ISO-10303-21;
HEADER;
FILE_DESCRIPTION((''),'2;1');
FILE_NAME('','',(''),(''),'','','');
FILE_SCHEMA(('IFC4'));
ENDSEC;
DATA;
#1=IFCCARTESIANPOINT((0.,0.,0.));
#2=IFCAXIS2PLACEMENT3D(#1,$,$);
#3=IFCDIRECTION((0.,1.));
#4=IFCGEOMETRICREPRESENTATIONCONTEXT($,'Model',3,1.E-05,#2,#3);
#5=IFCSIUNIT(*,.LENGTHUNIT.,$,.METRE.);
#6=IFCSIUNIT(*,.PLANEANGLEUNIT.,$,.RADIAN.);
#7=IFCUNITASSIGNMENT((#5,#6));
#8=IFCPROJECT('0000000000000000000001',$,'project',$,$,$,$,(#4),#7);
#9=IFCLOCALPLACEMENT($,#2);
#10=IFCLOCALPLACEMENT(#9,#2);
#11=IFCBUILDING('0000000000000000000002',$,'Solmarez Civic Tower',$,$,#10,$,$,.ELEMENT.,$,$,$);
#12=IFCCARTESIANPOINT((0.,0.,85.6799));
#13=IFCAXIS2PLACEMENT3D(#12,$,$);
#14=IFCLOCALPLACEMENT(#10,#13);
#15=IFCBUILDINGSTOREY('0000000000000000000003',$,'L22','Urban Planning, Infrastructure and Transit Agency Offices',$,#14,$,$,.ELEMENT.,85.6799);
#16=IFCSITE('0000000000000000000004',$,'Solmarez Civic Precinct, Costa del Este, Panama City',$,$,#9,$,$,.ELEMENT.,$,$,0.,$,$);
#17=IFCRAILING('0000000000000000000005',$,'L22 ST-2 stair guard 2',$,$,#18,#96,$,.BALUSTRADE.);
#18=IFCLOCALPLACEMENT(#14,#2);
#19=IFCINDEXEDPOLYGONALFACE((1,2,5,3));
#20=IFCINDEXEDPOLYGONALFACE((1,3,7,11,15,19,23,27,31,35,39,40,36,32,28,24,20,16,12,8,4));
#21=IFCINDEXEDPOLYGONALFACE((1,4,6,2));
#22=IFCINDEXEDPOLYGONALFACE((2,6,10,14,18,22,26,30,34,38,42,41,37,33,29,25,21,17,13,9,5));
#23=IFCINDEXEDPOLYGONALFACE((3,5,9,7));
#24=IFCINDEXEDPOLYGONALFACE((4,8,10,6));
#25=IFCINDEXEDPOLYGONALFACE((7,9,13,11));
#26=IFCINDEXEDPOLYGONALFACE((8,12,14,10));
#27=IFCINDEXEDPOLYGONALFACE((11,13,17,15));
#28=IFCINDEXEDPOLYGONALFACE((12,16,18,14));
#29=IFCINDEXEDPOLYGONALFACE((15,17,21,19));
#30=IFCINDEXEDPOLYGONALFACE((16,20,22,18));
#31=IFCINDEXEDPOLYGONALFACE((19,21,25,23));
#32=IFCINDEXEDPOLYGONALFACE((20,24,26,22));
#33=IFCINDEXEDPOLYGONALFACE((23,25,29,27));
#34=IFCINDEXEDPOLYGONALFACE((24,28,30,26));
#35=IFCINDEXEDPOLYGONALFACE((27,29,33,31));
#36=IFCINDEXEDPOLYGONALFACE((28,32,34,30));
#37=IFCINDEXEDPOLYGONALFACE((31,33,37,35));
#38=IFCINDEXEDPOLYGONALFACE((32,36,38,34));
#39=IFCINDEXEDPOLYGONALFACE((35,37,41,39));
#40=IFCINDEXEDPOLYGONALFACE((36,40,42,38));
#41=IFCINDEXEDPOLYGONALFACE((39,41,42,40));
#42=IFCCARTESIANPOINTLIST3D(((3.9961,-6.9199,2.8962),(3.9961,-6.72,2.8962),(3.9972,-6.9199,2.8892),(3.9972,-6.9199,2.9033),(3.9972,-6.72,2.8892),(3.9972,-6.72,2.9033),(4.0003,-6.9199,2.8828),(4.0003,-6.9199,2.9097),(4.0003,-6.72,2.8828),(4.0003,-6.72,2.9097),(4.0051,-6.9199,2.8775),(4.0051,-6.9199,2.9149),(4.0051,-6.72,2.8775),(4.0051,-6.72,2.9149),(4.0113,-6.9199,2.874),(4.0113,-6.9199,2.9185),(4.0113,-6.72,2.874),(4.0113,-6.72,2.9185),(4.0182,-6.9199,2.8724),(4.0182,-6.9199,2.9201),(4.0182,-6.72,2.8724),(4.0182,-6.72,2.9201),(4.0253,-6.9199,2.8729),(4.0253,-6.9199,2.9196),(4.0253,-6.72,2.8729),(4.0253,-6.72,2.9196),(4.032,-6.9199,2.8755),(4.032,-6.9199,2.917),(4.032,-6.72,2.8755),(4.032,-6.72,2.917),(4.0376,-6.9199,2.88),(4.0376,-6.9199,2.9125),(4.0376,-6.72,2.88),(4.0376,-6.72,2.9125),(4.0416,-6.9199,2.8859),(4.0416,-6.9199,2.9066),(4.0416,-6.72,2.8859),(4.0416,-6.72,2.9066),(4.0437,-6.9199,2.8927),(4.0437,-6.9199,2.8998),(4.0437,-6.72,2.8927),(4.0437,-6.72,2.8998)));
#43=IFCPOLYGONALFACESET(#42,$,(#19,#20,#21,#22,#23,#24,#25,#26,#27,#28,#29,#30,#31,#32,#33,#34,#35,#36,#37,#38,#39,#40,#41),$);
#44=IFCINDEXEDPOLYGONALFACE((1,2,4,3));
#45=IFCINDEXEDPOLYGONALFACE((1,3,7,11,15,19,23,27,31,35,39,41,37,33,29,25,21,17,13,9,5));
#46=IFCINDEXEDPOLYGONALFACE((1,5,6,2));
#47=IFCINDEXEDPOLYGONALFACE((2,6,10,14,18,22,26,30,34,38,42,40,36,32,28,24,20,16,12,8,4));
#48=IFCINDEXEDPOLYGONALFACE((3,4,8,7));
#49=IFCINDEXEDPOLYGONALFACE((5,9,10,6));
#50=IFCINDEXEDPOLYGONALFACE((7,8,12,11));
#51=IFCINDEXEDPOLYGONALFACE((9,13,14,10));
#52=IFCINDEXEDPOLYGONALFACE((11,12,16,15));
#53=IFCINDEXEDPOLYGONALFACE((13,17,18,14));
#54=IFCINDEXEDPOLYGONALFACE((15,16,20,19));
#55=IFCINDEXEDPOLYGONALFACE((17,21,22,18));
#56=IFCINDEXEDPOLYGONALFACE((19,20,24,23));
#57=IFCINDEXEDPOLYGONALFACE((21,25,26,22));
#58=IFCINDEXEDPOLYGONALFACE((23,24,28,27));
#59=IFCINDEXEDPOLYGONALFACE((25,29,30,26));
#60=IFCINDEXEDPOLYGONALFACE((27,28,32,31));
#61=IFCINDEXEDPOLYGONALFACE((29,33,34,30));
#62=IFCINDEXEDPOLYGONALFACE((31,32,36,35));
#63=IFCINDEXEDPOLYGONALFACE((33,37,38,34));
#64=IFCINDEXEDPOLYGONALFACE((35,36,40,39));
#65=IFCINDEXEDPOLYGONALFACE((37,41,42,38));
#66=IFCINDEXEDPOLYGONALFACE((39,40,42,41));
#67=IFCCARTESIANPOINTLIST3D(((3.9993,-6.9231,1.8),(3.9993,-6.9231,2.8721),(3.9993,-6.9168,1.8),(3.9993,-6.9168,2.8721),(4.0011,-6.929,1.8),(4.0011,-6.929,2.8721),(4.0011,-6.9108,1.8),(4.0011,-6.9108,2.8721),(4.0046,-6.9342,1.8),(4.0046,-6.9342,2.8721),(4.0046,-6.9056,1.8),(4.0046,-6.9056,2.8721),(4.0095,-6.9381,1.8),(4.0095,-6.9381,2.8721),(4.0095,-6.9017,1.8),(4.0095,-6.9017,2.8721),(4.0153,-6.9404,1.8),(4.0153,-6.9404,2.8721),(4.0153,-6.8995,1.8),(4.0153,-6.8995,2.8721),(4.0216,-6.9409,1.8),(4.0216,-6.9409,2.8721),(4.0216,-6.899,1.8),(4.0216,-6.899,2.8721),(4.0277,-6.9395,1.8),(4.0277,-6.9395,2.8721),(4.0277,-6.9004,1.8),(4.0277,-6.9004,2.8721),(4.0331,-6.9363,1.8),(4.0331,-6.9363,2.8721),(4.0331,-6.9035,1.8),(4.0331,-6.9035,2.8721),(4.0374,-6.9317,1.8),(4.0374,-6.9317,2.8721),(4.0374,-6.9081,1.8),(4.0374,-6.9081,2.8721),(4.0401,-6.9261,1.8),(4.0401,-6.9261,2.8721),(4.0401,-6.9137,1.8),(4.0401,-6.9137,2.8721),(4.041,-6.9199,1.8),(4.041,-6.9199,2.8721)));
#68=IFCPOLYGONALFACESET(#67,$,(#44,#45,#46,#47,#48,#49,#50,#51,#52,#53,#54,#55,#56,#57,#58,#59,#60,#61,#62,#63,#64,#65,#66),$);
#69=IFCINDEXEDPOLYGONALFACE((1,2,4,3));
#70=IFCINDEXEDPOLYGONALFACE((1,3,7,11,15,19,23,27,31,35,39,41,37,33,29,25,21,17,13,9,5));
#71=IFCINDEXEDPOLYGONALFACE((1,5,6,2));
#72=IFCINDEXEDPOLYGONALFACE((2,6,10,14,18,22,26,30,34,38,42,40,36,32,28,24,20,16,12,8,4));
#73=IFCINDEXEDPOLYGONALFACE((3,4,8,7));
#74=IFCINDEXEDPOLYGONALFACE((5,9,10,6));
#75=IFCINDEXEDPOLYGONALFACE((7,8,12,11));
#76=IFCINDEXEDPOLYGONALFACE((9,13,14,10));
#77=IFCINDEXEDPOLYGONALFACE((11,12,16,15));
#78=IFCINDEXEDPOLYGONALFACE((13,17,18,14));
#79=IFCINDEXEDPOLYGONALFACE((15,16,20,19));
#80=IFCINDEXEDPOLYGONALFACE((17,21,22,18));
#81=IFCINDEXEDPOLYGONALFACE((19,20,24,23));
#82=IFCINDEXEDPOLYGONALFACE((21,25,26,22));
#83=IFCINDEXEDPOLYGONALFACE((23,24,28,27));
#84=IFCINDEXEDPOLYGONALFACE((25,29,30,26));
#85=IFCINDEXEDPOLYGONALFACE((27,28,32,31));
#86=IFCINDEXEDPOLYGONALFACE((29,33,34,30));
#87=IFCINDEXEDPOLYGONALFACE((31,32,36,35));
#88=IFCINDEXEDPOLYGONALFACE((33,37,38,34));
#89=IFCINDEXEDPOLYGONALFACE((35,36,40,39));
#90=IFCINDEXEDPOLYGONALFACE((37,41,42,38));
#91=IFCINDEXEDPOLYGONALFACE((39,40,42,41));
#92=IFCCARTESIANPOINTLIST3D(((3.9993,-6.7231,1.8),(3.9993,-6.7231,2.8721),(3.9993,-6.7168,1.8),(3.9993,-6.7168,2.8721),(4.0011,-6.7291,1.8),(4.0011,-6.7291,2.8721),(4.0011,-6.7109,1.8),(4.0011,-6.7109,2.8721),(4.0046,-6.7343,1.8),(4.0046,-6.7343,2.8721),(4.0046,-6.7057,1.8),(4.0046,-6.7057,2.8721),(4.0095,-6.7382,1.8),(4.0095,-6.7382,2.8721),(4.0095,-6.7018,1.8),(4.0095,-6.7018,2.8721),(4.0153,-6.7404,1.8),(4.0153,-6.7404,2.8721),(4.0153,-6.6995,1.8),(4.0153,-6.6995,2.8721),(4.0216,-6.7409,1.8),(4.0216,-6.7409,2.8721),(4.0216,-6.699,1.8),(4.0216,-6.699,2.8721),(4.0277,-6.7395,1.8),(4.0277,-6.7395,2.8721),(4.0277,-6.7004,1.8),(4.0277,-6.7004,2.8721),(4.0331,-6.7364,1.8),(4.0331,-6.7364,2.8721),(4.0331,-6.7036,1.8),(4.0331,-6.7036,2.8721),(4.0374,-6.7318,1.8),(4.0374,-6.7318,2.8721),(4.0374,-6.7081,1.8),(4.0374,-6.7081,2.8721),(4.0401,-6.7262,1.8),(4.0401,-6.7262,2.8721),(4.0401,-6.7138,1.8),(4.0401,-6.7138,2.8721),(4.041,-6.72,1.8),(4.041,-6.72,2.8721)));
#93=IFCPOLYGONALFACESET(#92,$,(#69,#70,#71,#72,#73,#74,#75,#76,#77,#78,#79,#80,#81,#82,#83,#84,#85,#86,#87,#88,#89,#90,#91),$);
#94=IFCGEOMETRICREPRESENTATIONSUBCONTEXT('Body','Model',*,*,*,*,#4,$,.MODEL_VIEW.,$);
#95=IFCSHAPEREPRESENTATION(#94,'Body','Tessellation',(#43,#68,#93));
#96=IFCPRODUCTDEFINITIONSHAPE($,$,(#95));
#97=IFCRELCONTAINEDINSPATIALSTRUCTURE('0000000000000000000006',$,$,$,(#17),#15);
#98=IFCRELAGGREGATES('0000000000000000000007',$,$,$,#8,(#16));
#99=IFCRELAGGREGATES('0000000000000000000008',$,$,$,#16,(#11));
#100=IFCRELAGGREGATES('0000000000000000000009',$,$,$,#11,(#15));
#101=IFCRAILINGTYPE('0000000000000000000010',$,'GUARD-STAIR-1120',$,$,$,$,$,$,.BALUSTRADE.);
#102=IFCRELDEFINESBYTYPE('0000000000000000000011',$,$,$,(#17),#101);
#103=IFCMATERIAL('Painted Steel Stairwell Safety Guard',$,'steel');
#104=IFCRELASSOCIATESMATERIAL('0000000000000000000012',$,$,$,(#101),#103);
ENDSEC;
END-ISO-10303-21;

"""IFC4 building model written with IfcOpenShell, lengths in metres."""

from ifc_helpers import new_model, si_unit, direction, frame, origin, origin_2d, place, context, subcontext, project, spatial, circle, extrude, material, type_object, element, save


model = new_model("IFC4")

# Units and contexts
model_context = context("Model", 3, precision=1e-05, world=origin(), true_north=direction((0.0, 1.0)))
body_context = subcontext(model_context, "Body", "Model", "MODEL_VIEW")
ifc_project = project(units=[si_unit("LENGTHUNIT", "METRE"), si_unit("PLANEANGLEUNIT", "RADIAN")], contexts=[model_context])

# Site, building, storey
site_placement = place(None, origin())
site = spatial("IfcSite", under=ifc_project, at=site_placement, Name="Solmarez Civic Precinct, Costa del Este, Panama City", CompositionType="ELEMENT", RefElevation=0.0)
building_placement = place(site_placement, origin())
building = spatial("IfcBuilding", under=site, at=building_placement, Name="Solmarez Civic Tower", CompositionType="ELEMENT")
storey_placement = place(building_placement, frame((0.0, 0.0, 85.6799)))
storey = spatial("IfcBuildingStorey", under=building, at=storey_placement, Name="L22", Description="Urban Planning, Infrastructure and Transit Agency Offices", CompositionType="ELEMENT", Elevation=85.6799)

# Railing
ifc_material_1 = material(Name="Painted Steel Stairwell Safety Guard", Category="steel")
railing_type_1 = type_object("IfcRailingType", Name="GUARD-STAIR-1120", PredefinedType="BALUSTRADE", material=ifc_material_1)
railing_1_placement = place(storey_placement, frame((4.02, -6.9199, 1.8)))
element("IfcRailing", 1, at=railing_1_placement, inside=storey, type_object=railing_type_1, Name="L22 ST-2 stair guard 2", PredefinedType="BALUSTRADE", context=body_context, shape_type="SweptSolid", body=[
    extrude(circle(Radius=0.0239, at=origin_2d()), frame((0.0, 0.0, 1.0962), z_axis=(0.0, 1.0, 0.0), x_axis=(-1.0, 0.0, 0.0)), (0.0, 0.0, 1.0), 0.2),
    extrude(circle(Radius=0.021, at=origin_2d()), origin(), (0.0, 0.0, 1.0), 1.072),
    extrude(circle(Radius=0.021, at=origin_2d()), frame((0.0, 0.2, 0.0)), (0.0, 0.0, 1.0), 1.072),
])

save(model, "model.ifc")
